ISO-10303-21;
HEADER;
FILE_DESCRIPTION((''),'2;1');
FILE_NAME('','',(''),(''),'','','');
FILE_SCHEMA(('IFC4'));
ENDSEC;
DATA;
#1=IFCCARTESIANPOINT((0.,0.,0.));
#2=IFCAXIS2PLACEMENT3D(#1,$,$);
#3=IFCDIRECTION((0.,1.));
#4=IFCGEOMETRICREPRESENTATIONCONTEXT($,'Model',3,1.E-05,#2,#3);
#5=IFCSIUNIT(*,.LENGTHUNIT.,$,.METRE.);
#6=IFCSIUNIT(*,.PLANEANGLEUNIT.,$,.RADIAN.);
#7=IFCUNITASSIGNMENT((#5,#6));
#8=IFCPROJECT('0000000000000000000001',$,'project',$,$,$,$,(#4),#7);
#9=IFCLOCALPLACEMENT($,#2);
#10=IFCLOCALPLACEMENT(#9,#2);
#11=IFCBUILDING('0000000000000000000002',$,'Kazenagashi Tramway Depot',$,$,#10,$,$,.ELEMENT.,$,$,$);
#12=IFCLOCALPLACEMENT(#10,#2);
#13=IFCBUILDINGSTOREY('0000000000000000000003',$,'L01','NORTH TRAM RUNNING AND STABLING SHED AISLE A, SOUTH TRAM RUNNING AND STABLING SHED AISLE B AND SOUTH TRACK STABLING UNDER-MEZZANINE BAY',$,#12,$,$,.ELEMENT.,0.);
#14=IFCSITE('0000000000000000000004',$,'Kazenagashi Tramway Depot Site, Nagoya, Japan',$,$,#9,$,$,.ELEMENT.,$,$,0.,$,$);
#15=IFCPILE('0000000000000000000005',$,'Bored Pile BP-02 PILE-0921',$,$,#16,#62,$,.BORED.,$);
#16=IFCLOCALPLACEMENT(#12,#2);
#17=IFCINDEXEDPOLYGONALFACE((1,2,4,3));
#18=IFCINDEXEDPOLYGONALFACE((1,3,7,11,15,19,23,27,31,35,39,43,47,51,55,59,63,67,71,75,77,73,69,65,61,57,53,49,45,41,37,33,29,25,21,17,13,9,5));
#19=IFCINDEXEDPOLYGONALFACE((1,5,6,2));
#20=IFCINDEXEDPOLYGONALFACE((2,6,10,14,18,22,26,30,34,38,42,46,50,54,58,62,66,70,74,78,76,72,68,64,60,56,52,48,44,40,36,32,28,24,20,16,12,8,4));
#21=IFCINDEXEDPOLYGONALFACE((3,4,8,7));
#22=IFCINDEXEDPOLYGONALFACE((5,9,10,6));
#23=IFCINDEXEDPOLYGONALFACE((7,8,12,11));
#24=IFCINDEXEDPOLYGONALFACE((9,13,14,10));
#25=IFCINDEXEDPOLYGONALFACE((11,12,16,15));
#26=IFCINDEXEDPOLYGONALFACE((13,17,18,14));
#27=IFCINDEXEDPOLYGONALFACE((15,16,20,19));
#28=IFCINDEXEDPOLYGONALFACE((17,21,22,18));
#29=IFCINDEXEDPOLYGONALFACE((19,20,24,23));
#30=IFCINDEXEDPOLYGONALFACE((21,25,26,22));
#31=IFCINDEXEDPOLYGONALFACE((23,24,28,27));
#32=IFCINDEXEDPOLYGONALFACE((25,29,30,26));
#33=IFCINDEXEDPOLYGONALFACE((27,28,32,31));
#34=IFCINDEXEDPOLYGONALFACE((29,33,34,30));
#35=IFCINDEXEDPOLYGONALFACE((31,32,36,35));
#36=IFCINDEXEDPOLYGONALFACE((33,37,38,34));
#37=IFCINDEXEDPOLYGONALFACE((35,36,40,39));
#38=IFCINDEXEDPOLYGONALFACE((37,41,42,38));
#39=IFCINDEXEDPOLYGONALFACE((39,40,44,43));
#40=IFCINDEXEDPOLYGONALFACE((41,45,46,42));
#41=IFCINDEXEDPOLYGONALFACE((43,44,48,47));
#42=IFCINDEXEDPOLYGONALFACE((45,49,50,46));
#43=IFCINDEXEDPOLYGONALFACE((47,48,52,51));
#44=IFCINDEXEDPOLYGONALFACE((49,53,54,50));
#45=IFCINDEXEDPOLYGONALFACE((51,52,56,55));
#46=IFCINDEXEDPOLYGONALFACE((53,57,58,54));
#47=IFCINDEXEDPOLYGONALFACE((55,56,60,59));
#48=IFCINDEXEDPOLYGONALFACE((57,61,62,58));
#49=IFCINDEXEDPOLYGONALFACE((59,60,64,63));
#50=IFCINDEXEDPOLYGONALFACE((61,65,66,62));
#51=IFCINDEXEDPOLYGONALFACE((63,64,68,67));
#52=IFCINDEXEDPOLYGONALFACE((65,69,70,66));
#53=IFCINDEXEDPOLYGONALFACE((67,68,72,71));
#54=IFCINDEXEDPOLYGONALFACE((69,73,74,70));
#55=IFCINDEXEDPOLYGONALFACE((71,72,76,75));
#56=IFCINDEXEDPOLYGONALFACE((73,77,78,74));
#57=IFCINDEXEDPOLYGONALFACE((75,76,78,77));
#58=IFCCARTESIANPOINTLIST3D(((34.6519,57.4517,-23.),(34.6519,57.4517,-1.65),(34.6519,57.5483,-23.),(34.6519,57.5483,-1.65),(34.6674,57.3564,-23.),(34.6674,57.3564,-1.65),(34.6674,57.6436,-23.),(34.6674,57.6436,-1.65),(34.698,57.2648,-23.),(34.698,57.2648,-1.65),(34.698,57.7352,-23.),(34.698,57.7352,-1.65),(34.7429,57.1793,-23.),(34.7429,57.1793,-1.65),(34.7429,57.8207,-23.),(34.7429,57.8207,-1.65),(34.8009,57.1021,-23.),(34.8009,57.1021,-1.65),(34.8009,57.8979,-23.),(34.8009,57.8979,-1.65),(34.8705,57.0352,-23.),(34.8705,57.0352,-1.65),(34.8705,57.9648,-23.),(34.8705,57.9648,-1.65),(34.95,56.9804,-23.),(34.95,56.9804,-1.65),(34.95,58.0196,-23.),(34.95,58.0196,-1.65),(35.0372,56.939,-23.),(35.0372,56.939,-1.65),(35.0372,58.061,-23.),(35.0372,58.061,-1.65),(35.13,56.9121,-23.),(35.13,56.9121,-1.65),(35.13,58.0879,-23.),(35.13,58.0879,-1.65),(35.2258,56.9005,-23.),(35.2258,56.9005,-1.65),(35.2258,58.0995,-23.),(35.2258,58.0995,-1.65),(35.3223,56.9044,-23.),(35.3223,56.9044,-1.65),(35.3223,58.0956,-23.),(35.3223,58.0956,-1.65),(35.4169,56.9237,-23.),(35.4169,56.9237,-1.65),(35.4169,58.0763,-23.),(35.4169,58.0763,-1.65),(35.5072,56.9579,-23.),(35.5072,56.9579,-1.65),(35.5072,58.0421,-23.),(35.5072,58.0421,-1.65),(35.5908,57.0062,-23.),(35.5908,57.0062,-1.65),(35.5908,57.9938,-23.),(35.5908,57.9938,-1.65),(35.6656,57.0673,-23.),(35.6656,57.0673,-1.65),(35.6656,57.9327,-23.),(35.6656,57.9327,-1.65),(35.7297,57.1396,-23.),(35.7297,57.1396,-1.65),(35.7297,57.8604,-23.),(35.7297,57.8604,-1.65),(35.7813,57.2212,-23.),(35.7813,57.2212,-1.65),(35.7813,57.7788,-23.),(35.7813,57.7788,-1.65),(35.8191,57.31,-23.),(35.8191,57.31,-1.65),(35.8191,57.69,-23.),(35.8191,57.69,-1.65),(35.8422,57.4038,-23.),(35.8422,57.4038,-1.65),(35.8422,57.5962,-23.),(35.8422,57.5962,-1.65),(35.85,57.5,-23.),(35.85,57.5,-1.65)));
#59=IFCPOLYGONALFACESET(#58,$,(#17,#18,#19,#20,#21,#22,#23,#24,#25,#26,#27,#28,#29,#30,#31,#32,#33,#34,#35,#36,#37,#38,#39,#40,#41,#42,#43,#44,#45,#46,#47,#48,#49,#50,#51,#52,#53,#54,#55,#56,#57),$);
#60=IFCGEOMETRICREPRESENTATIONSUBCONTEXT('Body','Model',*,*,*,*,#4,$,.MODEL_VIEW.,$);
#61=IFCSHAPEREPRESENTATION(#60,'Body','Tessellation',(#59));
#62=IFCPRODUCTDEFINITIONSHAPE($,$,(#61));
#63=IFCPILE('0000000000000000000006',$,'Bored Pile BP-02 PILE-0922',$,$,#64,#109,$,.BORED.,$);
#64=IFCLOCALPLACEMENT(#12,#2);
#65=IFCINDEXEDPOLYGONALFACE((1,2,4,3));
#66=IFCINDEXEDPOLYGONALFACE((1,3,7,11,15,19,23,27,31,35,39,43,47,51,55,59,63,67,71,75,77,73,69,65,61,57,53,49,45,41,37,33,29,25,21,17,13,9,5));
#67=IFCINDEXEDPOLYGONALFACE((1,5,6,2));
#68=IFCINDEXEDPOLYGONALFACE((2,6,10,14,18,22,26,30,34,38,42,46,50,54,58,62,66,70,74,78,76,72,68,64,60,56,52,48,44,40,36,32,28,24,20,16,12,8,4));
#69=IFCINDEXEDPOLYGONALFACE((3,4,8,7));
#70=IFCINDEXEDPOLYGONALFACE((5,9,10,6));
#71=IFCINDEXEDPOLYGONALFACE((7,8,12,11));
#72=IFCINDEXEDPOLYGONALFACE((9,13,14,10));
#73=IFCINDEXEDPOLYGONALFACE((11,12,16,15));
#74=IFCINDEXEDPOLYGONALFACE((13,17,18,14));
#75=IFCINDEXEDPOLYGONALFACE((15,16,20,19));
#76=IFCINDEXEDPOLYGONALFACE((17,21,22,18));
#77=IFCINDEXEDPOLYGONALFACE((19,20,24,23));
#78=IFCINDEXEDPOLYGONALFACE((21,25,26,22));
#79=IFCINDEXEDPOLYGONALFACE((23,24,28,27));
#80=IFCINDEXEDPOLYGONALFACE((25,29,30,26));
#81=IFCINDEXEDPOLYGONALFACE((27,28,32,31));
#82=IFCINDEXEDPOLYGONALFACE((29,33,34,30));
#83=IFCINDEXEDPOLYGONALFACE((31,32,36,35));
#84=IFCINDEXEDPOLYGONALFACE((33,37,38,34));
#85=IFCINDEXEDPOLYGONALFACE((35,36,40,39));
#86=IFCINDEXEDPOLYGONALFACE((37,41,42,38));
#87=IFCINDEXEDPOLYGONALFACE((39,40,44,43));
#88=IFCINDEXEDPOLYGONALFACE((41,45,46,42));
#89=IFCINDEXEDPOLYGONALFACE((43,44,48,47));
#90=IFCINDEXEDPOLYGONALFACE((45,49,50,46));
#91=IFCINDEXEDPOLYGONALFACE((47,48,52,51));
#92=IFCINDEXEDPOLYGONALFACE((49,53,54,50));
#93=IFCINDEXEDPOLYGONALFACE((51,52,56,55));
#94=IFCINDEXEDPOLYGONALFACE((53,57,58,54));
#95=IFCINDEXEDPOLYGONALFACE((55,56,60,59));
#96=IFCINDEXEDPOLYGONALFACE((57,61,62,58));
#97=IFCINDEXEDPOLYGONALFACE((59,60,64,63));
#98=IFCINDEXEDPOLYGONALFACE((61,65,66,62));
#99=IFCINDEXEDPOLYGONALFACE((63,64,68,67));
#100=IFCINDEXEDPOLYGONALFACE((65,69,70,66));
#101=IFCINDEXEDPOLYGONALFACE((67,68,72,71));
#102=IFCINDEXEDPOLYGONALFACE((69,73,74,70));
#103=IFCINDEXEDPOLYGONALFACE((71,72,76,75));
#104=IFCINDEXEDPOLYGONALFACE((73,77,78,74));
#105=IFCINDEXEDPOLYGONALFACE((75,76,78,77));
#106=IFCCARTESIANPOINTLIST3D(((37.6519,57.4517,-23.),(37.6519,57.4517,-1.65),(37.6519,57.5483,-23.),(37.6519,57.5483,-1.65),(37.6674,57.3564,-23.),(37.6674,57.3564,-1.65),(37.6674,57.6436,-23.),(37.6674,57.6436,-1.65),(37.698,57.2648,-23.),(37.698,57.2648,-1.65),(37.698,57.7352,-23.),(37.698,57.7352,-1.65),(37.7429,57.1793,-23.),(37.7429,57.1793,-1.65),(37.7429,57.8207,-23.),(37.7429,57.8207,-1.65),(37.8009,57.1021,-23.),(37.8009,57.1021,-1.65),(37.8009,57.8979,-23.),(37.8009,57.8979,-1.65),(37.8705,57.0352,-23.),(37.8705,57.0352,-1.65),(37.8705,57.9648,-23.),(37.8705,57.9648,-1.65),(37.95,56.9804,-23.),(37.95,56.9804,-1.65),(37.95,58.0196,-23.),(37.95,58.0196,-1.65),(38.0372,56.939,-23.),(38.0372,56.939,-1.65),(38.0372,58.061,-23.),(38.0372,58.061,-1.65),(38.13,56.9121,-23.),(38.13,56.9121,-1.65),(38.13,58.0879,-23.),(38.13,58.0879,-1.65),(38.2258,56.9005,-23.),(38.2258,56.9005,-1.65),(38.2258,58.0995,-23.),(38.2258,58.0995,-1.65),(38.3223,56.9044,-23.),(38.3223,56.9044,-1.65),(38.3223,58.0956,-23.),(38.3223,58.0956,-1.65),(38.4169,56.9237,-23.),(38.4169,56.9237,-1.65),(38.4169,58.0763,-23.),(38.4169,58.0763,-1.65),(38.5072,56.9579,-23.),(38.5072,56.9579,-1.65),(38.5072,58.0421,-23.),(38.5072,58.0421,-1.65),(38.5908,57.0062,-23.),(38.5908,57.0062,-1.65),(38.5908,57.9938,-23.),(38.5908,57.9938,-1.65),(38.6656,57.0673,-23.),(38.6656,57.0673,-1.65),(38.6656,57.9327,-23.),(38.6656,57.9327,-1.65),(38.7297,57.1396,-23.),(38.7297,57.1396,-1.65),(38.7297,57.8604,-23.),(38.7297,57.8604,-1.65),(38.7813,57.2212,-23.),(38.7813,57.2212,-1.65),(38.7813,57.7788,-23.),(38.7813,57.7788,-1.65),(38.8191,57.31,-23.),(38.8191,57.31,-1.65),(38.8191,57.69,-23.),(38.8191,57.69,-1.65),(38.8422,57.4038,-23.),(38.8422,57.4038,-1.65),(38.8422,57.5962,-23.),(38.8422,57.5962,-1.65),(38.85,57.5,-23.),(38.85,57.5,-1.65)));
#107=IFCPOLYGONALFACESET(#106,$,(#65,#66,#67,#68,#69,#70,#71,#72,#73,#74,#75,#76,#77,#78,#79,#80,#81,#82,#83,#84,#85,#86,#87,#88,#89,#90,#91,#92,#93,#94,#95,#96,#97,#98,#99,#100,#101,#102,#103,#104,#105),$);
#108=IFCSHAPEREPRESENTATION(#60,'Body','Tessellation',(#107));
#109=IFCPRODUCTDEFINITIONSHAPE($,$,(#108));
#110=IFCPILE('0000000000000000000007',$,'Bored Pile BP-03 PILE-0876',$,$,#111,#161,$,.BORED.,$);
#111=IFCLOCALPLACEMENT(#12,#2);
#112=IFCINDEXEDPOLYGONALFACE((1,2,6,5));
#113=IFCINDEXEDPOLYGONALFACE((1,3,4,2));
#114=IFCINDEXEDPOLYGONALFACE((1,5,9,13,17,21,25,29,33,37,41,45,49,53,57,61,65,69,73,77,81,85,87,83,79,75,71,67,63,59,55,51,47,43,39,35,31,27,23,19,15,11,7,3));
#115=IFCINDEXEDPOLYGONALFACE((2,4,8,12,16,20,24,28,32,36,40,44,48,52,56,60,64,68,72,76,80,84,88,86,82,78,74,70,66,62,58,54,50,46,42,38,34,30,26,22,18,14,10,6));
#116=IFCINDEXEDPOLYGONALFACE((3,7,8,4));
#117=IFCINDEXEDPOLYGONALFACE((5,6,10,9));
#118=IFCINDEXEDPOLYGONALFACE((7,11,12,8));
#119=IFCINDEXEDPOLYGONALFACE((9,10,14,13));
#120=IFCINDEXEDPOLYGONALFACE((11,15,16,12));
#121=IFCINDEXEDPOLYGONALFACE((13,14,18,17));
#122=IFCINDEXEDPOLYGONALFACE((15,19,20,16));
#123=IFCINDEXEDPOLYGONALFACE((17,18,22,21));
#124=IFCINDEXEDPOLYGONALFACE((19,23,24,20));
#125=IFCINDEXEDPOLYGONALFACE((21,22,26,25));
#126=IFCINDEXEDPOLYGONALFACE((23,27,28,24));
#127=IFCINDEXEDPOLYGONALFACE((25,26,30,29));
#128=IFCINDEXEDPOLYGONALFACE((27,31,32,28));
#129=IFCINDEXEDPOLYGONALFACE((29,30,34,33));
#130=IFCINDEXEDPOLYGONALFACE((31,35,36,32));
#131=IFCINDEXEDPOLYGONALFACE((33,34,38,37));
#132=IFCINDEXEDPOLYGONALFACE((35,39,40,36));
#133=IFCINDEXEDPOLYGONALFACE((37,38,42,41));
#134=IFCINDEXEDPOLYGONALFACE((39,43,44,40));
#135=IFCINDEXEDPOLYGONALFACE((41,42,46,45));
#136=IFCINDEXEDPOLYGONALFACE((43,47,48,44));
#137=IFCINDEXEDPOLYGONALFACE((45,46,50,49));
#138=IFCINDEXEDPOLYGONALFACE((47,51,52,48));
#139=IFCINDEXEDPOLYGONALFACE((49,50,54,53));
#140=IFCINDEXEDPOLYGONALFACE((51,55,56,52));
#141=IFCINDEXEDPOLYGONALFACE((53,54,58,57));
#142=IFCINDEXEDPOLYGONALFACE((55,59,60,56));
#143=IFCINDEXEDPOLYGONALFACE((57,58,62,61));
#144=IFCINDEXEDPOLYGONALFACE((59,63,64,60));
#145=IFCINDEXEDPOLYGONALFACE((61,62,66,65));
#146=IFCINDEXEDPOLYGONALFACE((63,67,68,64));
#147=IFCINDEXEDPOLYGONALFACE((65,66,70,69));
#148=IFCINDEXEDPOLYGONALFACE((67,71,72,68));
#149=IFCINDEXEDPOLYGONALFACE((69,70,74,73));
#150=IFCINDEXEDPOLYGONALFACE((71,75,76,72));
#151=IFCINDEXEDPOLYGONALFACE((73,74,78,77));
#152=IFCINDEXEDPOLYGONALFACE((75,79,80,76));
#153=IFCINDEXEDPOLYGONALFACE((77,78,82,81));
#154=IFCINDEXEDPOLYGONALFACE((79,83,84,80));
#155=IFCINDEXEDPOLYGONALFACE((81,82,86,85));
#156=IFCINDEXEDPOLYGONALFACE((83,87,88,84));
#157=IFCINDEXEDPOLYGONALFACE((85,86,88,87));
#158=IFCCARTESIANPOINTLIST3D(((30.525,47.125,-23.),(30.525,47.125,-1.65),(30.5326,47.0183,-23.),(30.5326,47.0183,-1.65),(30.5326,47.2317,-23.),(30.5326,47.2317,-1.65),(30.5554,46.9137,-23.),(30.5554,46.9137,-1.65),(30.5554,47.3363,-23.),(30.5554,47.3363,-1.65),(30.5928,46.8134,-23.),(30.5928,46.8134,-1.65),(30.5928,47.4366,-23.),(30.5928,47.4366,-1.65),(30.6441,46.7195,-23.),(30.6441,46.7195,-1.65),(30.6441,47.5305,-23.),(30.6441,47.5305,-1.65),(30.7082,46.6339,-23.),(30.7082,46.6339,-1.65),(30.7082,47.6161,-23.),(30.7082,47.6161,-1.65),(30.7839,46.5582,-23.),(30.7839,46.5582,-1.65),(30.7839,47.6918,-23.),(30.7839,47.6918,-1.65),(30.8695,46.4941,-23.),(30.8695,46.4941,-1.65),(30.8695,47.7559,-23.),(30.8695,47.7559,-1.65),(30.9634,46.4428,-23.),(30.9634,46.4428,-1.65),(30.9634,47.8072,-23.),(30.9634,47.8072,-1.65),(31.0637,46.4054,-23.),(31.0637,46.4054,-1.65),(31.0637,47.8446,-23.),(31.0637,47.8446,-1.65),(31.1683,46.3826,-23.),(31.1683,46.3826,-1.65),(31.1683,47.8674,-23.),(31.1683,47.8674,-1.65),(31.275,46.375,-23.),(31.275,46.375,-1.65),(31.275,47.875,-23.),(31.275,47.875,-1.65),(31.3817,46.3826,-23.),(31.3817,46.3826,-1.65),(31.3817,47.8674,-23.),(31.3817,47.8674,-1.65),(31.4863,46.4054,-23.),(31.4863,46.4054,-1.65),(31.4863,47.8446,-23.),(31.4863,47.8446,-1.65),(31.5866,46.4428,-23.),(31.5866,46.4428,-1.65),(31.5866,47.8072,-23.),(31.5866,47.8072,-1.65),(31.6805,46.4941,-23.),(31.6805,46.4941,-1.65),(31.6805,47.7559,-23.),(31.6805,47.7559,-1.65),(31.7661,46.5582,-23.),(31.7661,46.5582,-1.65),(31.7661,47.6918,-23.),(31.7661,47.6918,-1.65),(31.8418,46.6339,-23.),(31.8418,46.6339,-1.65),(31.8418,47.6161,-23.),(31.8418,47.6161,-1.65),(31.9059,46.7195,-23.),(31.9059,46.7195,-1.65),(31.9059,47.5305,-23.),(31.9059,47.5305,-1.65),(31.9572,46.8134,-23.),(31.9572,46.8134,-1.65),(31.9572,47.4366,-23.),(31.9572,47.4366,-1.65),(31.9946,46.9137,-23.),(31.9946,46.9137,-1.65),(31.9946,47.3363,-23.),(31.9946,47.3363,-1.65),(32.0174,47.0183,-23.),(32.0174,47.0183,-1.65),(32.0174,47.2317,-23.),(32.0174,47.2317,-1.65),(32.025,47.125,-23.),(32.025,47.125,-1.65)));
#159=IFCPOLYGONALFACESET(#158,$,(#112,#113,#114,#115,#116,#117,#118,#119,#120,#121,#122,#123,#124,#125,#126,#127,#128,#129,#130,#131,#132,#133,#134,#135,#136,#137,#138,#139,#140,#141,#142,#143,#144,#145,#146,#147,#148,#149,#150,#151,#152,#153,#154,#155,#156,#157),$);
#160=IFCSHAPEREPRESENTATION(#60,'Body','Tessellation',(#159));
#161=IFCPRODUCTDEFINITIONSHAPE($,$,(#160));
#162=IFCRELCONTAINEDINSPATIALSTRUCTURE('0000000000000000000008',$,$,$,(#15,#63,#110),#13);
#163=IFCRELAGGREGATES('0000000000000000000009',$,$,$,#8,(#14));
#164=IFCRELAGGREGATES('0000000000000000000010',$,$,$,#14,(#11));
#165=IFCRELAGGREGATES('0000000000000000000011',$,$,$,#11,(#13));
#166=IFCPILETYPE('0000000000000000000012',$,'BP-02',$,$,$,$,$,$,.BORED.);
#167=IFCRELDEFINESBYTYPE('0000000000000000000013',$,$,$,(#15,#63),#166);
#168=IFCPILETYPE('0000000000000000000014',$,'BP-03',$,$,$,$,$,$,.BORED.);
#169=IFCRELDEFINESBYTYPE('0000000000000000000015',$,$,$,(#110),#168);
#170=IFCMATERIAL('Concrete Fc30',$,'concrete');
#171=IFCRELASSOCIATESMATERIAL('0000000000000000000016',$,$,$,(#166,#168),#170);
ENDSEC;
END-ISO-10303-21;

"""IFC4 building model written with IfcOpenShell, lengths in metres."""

from ifc_helpers import new_model, si_unit, direction, frame, origin, origin_2d, place, context, subcontext, project, spatial, circle, extrude, material, material_profile, profile_set, type_object, element, save


model = new_model("IFC4")

# Units and contexts
model_context = context("Model", 3, precision=1e-05, world=origin(), true_north=direction((0.0, 1.0)))
body_context = subcontext(model_context, "Body", "Model", "MODEL_VIEW")
ifc_project = project(units=[si_unit("LENGTHUNIT", "METRE"), si_unit("PLANEANGLEUNIT", "RADIAN")], contexts=[model_context])

# Site, building, storey
site_placement = place(None, origin())
site = spatial("IfcSite", under=ifc_project, at=site_placement, Name="Kazenagashi Tramway Depot Site, Nagoya, Japan", CompositionType="ELEMENT", RefElevation=0.0)
building_placement = place(site_placement, origin())
building = spatial("IfcBuilding", under=site, at=building_placement, Name="Kazenagashi Tramway Depot", CompositionType="ELEMENT")
storey_placement = place(building_placement, origin())
storey = spatial("IfcBuildingStorey", under=building, at=storey_placement, Name="L01", Description="NORTH TRAM RUNNING AND STABLING SHED AISLE A, SOUTH TRAM RUNNING AND STABLING SHED AISLE B AND SOUTH TRACK STABLING UNDER-MEZZANINE BAY", CompositionType="ELEMENT", Elevation=0.0)

# Piles
ifc_material_1 = material(Name="Concrete Fc30", Category="concrete")
ifc_material_profile_1 = material_profile(ifc_material_1, circle(Radius=0.6, at=origin_2d()), Name="PILE-1200")
ifc_profile_set_1 = profile_set([ifc_material_profile_1], Name="Concrete Fc30")
pile_type_1 = type_object("IfcPileType", Name="BP-02", PredefinedType="BORED", material=ifc_profile_set_1)
for number, where, z_axis, x_axis, name in (
    (1, (35.25, 57.5, -1.65), (0.0, 0.0, -1.0), (1.0, 0.0, 0.0), "Bored Pile BP-02 PILE-0921"),
    (2, (38.25, 57.5, -1.65), (0.0, 0.0, -1.0), (1.0, 0.0, 0.0), "Bored Pile BP-02 PILE-0922"),
):
    element("IfcPile", number, at=place(storey_placement, frame(where, z_axis=z_axis, x_axis=x_axis)), inside=storey, type_object=pile_type_1, Name=name, PredefinedType="BORED", context=body_context, shape_type="SweptSolid", body=[
        extrude(circle(Radius=0.6, at=origin_2d()), origin(), (0.0, 0.0, 1.0), 21.35),
    ])
ifc_material_profile_2 = material_profile(ifc_material_1, circle(Radius=0.75, at=origin_2d()), Name="PILE-1500")
ifc_profile_set_2 = profile_set([ifc_material_profile_2], Name="Concrete Fc30")
pile_type_2 = type_object("IfcPileType", Name="BP-03", PredefinedType="BORED", material=ifc_profile_set_2)
for number, where, z_axis, x_axis, name in (
    (3, (31.275, 47.125, -1.65), (0.0, 0.0, -1.0), (1.0, 0.0, 0.0), "Bored Pile BP-03 PILE-0876"),
):
    element("IfcPile", number, at=place(storey_placement, frame(where, z_axis=z_axis, x_axis=x_axis)), inside=storey, type_object=pile_type_2, Name=name, PredefinedType="BORED", context=body_context, shape_type="SweptSolid", body=[
        extrude(circle(Radius=0.75, at=origin_2d()), origin(), (0.0, 0.0, 1.0), 21.35),
    ])

save(model, "model.ifc")
